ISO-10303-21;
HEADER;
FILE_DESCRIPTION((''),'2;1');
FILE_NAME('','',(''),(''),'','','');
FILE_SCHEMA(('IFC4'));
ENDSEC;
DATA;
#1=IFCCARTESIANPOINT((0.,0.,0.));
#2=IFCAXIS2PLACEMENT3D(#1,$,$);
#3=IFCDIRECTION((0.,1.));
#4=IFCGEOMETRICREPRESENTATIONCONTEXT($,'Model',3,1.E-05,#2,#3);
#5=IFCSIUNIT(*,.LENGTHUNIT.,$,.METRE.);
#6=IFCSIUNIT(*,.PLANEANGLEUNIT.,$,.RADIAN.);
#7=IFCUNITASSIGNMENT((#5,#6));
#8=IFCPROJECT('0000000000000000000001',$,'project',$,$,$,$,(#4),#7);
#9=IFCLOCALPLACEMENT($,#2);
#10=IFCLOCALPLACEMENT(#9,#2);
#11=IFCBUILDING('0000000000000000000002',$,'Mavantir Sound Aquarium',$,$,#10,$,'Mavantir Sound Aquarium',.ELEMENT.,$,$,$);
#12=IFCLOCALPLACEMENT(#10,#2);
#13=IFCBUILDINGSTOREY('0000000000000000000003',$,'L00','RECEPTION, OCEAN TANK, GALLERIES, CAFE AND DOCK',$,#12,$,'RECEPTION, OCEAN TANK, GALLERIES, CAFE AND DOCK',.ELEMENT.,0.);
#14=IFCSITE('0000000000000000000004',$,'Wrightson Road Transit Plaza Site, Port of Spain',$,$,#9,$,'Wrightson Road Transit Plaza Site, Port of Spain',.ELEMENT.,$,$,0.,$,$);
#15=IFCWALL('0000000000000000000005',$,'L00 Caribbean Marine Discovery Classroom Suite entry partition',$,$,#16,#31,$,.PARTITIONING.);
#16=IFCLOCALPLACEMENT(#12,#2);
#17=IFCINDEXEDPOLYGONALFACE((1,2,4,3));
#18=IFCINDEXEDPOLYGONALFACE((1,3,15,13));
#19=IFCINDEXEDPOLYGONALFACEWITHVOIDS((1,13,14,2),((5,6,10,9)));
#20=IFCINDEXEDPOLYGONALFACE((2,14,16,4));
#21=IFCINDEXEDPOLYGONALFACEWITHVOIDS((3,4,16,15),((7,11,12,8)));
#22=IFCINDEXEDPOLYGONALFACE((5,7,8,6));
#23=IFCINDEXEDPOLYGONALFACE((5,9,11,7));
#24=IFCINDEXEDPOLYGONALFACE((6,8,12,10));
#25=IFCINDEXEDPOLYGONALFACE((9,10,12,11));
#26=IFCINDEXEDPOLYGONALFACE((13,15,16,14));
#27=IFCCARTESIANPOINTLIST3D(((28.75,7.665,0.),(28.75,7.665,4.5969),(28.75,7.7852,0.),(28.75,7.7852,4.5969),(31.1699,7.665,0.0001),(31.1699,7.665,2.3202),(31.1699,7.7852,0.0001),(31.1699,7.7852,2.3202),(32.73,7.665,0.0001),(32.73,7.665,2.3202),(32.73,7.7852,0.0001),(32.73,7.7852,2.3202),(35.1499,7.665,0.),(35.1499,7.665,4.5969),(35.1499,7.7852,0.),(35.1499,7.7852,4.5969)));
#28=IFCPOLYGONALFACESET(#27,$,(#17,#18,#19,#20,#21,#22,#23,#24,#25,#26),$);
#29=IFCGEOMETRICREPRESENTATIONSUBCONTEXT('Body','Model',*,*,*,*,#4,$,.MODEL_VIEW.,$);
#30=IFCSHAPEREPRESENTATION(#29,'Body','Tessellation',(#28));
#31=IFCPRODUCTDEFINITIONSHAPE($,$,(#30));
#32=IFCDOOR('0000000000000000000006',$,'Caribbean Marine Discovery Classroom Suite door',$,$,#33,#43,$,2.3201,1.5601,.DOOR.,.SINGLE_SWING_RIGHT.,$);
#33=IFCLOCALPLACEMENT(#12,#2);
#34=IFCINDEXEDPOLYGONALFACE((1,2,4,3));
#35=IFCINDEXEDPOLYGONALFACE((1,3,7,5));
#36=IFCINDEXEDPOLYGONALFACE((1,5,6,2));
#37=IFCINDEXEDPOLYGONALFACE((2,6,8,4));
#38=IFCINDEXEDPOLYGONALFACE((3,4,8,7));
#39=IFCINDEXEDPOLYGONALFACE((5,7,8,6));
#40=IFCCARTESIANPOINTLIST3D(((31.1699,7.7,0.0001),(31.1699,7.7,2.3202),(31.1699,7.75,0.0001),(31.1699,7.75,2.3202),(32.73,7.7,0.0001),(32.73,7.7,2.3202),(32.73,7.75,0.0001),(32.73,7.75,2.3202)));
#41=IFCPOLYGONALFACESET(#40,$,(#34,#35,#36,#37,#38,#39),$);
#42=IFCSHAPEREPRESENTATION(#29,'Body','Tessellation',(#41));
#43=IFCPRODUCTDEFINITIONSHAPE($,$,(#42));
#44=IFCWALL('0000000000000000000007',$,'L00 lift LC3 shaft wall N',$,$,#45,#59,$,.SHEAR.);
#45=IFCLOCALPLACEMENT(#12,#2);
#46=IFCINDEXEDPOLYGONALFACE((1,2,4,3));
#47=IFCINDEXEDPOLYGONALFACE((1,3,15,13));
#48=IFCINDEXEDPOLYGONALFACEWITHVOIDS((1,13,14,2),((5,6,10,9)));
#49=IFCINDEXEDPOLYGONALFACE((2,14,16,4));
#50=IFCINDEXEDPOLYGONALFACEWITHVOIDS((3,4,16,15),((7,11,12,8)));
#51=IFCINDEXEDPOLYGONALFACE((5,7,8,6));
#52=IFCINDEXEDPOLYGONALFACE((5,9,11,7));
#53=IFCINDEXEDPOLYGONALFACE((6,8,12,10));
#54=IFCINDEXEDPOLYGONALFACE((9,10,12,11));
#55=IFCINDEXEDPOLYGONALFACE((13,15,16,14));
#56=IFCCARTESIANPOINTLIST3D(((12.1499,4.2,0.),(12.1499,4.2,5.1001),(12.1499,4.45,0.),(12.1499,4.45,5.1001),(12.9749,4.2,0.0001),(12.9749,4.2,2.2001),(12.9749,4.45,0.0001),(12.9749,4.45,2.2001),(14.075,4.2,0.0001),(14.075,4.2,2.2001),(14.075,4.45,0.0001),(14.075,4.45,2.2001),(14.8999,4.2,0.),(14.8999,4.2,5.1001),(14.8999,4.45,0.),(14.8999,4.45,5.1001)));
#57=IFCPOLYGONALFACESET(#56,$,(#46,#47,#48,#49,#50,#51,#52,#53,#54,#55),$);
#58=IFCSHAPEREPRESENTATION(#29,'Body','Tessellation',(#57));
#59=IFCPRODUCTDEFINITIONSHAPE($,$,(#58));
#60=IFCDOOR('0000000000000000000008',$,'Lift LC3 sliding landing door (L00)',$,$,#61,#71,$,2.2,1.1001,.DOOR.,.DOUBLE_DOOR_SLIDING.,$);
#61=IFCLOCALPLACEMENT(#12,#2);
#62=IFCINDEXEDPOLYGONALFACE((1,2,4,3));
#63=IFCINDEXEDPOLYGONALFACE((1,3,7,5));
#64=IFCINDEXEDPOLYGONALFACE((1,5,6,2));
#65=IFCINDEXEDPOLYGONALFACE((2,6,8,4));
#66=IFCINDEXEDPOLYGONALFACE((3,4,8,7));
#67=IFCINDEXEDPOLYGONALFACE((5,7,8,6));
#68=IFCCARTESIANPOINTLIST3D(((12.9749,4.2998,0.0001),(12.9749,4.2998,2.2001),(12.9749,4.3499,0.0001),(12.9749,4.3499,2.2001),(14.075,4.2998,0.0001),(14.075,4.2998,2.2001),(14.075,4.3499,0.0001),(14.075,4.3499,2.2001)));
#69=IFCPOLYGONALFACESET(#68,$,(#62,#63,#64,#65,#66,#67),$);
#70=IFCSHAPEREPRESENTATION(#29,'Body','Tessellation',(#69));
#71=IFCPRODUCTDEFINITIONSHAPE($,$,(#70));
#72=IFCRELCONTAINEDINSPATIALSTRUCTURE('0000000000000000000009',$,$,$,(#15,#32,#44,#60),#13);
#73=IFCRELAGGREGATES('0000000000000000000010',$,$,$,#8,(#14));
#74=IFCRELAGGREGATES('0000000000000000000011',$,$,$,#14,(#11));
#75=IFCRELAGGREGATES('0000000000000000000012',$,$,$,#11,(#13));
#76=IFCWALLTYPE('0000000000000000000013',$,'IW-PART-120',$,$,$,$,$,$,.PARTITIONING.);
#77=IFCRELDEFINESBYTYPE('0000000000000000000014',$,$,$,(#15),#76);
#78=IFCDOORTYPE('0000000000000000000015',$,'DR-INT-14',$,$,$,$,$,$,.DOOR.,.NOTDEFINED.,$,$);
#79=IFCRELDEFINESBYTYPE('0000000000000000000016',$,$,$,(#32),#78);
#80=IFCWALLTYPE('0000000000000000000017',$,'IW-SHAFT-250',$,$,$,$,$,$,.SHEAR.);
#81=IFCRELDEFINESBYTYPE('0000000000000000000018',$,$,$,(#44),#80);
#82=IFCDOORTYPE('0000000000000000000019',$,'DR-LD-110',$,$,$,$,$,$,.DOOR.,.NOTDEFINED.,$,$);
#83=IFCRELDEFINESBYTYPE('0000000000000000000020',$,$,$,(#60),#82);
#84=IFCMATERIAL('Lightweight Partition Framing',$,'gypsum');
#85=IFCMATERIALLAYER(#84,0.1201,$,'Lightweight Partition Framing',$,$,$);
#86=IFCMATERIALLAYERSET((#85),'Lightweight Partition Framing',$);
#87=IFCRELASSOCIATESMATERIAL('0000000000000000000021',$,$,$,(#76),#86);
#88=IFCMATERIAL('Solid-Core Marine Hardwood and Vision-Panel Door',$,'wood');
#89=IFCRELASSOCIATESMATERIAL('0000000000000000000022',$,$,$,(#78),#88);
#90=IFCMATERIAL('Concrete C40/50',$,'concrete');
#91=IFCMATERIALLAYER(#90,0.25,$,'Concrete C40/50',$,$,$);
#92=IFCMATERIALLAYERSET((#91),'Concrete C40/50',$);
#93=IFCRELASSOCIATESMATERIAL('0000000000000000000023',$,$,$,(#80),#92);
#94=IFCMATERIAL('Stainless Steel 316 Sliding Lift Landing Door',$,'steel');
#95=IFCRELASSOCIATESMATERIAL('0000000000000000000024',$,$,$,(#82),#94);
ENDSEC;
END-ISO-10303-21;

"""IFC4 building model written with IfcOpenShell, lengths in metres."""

from ifc_helpers import new_model, si_unit, direction, frame, frame_2d, origin, place, context, subcontext, project, spatial, rectangle, extrude, material, layer, layer_set, type_object, element, fill, save


model = new_model("IFC4")

# Units and contexts
model_context = context("Model", 3, precision=1e-05, world=origin(), true_north=direction((0.0, 1.0)))
body_context = subcontext(model_context, "Body", "Model", "MODEL_VIEW")
ifc_project = project(units=[si_unit("LENGTHUNIT", "METRE"), si_unit("PLANEANGLEUNIT", "RADIAN")], contexts=[model_context])

# Site, building, storey
site_placement = place(None, origin())
site = spatial("IfcSite", under=ifc_project, at=site_placement, Name="Wrightson Road Transit Plaza Site, Port of Spain", LongName="Wrightson Road Transit Plaza Site, Port of Spain", CompositionType="ELEMENT", RefElevation=0.0)
building_placement = place(site_placement, origin())
building = spatial("IfcBuilding", under=site, at=building_placement, Name="Mavantir Sound Aquarium", LongName="Mavantir Sound Aquarium", CompositionType="ELEMENT")
storey_placement = place(building_placement, origin())
storey = spatial("IfcBuildingStorey", under=building, at=storey_placement, Name="L00", Description="RECEPTION, OCEAN TANK, GALLERIES, CAFE AND DOCK", LongName="RECEPTION, OCEAN TANK, GALLERIES, CAFE AND DOCK", CompositionType="ELEMENT", Elevation=0.0)

# Shared definitions
ifc_material_1 = material(Name="Concrete C40/50", Category="concrete")

# Walls, openings, doors
ifc_material_2 = material(Name="Lightweight Partition Framing", Category="gypsum")
ifc_layer_1 = layer(ifc_material_2, 0.1201, Name="Lightweight Partition Framing")
ifc_layer_set_1 = layer_set([ifc_layer_1], Name="Lightweight Partition Framing")
wall_type_1 = type_object("IfcWallType", Name="IW-PART-120", PredefinedType="PARTITIONING", material=ifc_layer_set_1)
wall_1_placement = place(storey_placement, frame((28.75, 7.7251, 0.0), z_axis=(0.0, 0.0, 1.0), x_axis=(1.0, 0.0, 0.0)))
wall_1 = element("IfcWall", 1, at=wall_1_placement, inside=storey, type_object=wall_type_1, Name="L00 Caribbean Marine Discovery Classroom Suite entry partition", PredefinedType="PARTITIONING", context=body_context, shape_type="SweptSolid", body=[
    extrude(rectangle(XDim=6.3999, YDim=0.1201, at=frame_2d((3.2, 0.0))), origin(), (0.0, 0.0, 1.0), 4.5969),
])
opening_1_placement = place(wall_1_placement, frame((2.4199, 0.0, 0.0)))
opening_1 = element("IfcOpeningElement", 2, at=opening_1_placement, cuts=wall_1, PredefinedType="OPENING", context=body_context, shape_type="SweptSolid", body=[
    extrude(rectangle(XDim=1.5601, YDim=2.3201, at=frame_2d((0.78, 1.1602))), frame((0.0, 0.0701, 0.0), z_axis=(0.0, -1.0, 0.0), x_axis=(1.0, 0.0, 0.0)), (0.0, 0.0, 1.0), 0.1401),
])
ifc_material_3 = material(Name="Solid-Core Marine Hardwood and Vision-Panel Door", Category="wood")
door_type_1 = type_object("IfcDoorType", Name="DR-INT-14", OperationType="NOTDEFINED", PredefinedType="DOOR", material=ifc_material_3)
door_1_placement = place(opening_1_placement, origin())
door_1 = element("IfcDoor", 3, at=door_1_placement, inside=storey, type_object=door_type_1, Name="Caribbean Marine Discovery Classroom Suite door", OperationType="SINGLE_SWING_RIGHT", OverallHeight=2.3201, OverallWidth=1.5601, PredefinedType="DOOR", context=body_context, shape_type="SweptSolid", body=[
    extrude(rectangle(XDim=1.5601, YDim=2.3201, at=frame_2d((0.78, 1.1602))), frame((0.0, 0.0249, 0.0), z_axis=(0.0, -1.0, 0.0), x_axis=(1.0, 0.0, 0.0)), (0.0, 0.0, 1.0), 0.05),
])
fill(opening_1, door_1)
ifc_layer_2 = layer(ifc_material_1, 0.25, Name="Concrete C40/50")
ifc_layer_set_2 = layer_set([ifc_layer_2], Name="Concrete C40/50")
wall_type_2 = type_object("IfcWallType", Name="IW-SHAFT-250", PredefinedType="SHEAR", material=ifc_layer_set_2)
wall_2_placement = place(storey_placement, frame((12.1499, 4.325, 0.0), z_axis=(0.0, 0.0, 1.0), x_axis=(1.0, 0.0, 0.0)))
wall_2 = element("IfcWall", 4, at=wall_2_placement, inside=storey, type_object=wall_type_2, Name="L00 lift LC3 shaft wall N", PredefinedType="SHEAR", context=body_context, shape_type="SweptSolid", body=[
    extrude(rectangle(XDim=2.75, YDim=0.25, at=frame_2d((1.375, 0.0))), origin(), (0.0, 0.0, 1.0), 5.1001),
])
opening_2_placement = place(wall_2_placement, frame((0.825, 0.0, 0.0)))
opening_2 = element("IfcOpeningElement", 5, at=opening_2_placement, cuts=wall_2, PredefinedType="OPENING", context=body_context, shape_type="SweptSolid", body=[
    extrude(rectangle(XDim=1.1001, YDim=2.2, at=frame_2d((0.55, 1.1001))), frame((0.0, 0.135, 0.0), z_axis=(0.0, -1.0, 0.0), x_axis=(1.0, 0.0, 0.0)), (0.0, 0.0, 1.0), 0.27),
])
ifc_material_4 = material(Name="Stainless Steel 316 Sliding Lift Landing Door", Category="steel")
door_type_2 = type_object("IfcDoorType", Name="DR-LD-110", OperationType="NOTDEFINED", PredefinedType="DOOR", material=ifc_material_4)
door_2_placement = place(opening_2_placement, origin())
door_2 = element("IfcDoor", 6, at=door_2_placement, inside=storey, type_object=door_type_2, Name="Lift LC3 sliding landing door (L00)", OperationType="DOUBLE_DOOR_SLIDING", OverallHeight=2.2, OverallWidth=1.1001, PredefinedType="DOOR", context=body_context, shape_type="SweptSolid", body=[
    extrude(rectangle(XDim=1.1001, YDim=2.2, at=frame_2d((0.55, 1.1001))), frame((0.0, 0.0249, 0.0), z_axis=(0.0, -1.0, 0.0), x_axis=(1.0, 0.0, 0.0)), (0.0, 0.0, 1.0), 0.05),
])
fill(opening_2, door_2)

save(model, "model.ifc")
